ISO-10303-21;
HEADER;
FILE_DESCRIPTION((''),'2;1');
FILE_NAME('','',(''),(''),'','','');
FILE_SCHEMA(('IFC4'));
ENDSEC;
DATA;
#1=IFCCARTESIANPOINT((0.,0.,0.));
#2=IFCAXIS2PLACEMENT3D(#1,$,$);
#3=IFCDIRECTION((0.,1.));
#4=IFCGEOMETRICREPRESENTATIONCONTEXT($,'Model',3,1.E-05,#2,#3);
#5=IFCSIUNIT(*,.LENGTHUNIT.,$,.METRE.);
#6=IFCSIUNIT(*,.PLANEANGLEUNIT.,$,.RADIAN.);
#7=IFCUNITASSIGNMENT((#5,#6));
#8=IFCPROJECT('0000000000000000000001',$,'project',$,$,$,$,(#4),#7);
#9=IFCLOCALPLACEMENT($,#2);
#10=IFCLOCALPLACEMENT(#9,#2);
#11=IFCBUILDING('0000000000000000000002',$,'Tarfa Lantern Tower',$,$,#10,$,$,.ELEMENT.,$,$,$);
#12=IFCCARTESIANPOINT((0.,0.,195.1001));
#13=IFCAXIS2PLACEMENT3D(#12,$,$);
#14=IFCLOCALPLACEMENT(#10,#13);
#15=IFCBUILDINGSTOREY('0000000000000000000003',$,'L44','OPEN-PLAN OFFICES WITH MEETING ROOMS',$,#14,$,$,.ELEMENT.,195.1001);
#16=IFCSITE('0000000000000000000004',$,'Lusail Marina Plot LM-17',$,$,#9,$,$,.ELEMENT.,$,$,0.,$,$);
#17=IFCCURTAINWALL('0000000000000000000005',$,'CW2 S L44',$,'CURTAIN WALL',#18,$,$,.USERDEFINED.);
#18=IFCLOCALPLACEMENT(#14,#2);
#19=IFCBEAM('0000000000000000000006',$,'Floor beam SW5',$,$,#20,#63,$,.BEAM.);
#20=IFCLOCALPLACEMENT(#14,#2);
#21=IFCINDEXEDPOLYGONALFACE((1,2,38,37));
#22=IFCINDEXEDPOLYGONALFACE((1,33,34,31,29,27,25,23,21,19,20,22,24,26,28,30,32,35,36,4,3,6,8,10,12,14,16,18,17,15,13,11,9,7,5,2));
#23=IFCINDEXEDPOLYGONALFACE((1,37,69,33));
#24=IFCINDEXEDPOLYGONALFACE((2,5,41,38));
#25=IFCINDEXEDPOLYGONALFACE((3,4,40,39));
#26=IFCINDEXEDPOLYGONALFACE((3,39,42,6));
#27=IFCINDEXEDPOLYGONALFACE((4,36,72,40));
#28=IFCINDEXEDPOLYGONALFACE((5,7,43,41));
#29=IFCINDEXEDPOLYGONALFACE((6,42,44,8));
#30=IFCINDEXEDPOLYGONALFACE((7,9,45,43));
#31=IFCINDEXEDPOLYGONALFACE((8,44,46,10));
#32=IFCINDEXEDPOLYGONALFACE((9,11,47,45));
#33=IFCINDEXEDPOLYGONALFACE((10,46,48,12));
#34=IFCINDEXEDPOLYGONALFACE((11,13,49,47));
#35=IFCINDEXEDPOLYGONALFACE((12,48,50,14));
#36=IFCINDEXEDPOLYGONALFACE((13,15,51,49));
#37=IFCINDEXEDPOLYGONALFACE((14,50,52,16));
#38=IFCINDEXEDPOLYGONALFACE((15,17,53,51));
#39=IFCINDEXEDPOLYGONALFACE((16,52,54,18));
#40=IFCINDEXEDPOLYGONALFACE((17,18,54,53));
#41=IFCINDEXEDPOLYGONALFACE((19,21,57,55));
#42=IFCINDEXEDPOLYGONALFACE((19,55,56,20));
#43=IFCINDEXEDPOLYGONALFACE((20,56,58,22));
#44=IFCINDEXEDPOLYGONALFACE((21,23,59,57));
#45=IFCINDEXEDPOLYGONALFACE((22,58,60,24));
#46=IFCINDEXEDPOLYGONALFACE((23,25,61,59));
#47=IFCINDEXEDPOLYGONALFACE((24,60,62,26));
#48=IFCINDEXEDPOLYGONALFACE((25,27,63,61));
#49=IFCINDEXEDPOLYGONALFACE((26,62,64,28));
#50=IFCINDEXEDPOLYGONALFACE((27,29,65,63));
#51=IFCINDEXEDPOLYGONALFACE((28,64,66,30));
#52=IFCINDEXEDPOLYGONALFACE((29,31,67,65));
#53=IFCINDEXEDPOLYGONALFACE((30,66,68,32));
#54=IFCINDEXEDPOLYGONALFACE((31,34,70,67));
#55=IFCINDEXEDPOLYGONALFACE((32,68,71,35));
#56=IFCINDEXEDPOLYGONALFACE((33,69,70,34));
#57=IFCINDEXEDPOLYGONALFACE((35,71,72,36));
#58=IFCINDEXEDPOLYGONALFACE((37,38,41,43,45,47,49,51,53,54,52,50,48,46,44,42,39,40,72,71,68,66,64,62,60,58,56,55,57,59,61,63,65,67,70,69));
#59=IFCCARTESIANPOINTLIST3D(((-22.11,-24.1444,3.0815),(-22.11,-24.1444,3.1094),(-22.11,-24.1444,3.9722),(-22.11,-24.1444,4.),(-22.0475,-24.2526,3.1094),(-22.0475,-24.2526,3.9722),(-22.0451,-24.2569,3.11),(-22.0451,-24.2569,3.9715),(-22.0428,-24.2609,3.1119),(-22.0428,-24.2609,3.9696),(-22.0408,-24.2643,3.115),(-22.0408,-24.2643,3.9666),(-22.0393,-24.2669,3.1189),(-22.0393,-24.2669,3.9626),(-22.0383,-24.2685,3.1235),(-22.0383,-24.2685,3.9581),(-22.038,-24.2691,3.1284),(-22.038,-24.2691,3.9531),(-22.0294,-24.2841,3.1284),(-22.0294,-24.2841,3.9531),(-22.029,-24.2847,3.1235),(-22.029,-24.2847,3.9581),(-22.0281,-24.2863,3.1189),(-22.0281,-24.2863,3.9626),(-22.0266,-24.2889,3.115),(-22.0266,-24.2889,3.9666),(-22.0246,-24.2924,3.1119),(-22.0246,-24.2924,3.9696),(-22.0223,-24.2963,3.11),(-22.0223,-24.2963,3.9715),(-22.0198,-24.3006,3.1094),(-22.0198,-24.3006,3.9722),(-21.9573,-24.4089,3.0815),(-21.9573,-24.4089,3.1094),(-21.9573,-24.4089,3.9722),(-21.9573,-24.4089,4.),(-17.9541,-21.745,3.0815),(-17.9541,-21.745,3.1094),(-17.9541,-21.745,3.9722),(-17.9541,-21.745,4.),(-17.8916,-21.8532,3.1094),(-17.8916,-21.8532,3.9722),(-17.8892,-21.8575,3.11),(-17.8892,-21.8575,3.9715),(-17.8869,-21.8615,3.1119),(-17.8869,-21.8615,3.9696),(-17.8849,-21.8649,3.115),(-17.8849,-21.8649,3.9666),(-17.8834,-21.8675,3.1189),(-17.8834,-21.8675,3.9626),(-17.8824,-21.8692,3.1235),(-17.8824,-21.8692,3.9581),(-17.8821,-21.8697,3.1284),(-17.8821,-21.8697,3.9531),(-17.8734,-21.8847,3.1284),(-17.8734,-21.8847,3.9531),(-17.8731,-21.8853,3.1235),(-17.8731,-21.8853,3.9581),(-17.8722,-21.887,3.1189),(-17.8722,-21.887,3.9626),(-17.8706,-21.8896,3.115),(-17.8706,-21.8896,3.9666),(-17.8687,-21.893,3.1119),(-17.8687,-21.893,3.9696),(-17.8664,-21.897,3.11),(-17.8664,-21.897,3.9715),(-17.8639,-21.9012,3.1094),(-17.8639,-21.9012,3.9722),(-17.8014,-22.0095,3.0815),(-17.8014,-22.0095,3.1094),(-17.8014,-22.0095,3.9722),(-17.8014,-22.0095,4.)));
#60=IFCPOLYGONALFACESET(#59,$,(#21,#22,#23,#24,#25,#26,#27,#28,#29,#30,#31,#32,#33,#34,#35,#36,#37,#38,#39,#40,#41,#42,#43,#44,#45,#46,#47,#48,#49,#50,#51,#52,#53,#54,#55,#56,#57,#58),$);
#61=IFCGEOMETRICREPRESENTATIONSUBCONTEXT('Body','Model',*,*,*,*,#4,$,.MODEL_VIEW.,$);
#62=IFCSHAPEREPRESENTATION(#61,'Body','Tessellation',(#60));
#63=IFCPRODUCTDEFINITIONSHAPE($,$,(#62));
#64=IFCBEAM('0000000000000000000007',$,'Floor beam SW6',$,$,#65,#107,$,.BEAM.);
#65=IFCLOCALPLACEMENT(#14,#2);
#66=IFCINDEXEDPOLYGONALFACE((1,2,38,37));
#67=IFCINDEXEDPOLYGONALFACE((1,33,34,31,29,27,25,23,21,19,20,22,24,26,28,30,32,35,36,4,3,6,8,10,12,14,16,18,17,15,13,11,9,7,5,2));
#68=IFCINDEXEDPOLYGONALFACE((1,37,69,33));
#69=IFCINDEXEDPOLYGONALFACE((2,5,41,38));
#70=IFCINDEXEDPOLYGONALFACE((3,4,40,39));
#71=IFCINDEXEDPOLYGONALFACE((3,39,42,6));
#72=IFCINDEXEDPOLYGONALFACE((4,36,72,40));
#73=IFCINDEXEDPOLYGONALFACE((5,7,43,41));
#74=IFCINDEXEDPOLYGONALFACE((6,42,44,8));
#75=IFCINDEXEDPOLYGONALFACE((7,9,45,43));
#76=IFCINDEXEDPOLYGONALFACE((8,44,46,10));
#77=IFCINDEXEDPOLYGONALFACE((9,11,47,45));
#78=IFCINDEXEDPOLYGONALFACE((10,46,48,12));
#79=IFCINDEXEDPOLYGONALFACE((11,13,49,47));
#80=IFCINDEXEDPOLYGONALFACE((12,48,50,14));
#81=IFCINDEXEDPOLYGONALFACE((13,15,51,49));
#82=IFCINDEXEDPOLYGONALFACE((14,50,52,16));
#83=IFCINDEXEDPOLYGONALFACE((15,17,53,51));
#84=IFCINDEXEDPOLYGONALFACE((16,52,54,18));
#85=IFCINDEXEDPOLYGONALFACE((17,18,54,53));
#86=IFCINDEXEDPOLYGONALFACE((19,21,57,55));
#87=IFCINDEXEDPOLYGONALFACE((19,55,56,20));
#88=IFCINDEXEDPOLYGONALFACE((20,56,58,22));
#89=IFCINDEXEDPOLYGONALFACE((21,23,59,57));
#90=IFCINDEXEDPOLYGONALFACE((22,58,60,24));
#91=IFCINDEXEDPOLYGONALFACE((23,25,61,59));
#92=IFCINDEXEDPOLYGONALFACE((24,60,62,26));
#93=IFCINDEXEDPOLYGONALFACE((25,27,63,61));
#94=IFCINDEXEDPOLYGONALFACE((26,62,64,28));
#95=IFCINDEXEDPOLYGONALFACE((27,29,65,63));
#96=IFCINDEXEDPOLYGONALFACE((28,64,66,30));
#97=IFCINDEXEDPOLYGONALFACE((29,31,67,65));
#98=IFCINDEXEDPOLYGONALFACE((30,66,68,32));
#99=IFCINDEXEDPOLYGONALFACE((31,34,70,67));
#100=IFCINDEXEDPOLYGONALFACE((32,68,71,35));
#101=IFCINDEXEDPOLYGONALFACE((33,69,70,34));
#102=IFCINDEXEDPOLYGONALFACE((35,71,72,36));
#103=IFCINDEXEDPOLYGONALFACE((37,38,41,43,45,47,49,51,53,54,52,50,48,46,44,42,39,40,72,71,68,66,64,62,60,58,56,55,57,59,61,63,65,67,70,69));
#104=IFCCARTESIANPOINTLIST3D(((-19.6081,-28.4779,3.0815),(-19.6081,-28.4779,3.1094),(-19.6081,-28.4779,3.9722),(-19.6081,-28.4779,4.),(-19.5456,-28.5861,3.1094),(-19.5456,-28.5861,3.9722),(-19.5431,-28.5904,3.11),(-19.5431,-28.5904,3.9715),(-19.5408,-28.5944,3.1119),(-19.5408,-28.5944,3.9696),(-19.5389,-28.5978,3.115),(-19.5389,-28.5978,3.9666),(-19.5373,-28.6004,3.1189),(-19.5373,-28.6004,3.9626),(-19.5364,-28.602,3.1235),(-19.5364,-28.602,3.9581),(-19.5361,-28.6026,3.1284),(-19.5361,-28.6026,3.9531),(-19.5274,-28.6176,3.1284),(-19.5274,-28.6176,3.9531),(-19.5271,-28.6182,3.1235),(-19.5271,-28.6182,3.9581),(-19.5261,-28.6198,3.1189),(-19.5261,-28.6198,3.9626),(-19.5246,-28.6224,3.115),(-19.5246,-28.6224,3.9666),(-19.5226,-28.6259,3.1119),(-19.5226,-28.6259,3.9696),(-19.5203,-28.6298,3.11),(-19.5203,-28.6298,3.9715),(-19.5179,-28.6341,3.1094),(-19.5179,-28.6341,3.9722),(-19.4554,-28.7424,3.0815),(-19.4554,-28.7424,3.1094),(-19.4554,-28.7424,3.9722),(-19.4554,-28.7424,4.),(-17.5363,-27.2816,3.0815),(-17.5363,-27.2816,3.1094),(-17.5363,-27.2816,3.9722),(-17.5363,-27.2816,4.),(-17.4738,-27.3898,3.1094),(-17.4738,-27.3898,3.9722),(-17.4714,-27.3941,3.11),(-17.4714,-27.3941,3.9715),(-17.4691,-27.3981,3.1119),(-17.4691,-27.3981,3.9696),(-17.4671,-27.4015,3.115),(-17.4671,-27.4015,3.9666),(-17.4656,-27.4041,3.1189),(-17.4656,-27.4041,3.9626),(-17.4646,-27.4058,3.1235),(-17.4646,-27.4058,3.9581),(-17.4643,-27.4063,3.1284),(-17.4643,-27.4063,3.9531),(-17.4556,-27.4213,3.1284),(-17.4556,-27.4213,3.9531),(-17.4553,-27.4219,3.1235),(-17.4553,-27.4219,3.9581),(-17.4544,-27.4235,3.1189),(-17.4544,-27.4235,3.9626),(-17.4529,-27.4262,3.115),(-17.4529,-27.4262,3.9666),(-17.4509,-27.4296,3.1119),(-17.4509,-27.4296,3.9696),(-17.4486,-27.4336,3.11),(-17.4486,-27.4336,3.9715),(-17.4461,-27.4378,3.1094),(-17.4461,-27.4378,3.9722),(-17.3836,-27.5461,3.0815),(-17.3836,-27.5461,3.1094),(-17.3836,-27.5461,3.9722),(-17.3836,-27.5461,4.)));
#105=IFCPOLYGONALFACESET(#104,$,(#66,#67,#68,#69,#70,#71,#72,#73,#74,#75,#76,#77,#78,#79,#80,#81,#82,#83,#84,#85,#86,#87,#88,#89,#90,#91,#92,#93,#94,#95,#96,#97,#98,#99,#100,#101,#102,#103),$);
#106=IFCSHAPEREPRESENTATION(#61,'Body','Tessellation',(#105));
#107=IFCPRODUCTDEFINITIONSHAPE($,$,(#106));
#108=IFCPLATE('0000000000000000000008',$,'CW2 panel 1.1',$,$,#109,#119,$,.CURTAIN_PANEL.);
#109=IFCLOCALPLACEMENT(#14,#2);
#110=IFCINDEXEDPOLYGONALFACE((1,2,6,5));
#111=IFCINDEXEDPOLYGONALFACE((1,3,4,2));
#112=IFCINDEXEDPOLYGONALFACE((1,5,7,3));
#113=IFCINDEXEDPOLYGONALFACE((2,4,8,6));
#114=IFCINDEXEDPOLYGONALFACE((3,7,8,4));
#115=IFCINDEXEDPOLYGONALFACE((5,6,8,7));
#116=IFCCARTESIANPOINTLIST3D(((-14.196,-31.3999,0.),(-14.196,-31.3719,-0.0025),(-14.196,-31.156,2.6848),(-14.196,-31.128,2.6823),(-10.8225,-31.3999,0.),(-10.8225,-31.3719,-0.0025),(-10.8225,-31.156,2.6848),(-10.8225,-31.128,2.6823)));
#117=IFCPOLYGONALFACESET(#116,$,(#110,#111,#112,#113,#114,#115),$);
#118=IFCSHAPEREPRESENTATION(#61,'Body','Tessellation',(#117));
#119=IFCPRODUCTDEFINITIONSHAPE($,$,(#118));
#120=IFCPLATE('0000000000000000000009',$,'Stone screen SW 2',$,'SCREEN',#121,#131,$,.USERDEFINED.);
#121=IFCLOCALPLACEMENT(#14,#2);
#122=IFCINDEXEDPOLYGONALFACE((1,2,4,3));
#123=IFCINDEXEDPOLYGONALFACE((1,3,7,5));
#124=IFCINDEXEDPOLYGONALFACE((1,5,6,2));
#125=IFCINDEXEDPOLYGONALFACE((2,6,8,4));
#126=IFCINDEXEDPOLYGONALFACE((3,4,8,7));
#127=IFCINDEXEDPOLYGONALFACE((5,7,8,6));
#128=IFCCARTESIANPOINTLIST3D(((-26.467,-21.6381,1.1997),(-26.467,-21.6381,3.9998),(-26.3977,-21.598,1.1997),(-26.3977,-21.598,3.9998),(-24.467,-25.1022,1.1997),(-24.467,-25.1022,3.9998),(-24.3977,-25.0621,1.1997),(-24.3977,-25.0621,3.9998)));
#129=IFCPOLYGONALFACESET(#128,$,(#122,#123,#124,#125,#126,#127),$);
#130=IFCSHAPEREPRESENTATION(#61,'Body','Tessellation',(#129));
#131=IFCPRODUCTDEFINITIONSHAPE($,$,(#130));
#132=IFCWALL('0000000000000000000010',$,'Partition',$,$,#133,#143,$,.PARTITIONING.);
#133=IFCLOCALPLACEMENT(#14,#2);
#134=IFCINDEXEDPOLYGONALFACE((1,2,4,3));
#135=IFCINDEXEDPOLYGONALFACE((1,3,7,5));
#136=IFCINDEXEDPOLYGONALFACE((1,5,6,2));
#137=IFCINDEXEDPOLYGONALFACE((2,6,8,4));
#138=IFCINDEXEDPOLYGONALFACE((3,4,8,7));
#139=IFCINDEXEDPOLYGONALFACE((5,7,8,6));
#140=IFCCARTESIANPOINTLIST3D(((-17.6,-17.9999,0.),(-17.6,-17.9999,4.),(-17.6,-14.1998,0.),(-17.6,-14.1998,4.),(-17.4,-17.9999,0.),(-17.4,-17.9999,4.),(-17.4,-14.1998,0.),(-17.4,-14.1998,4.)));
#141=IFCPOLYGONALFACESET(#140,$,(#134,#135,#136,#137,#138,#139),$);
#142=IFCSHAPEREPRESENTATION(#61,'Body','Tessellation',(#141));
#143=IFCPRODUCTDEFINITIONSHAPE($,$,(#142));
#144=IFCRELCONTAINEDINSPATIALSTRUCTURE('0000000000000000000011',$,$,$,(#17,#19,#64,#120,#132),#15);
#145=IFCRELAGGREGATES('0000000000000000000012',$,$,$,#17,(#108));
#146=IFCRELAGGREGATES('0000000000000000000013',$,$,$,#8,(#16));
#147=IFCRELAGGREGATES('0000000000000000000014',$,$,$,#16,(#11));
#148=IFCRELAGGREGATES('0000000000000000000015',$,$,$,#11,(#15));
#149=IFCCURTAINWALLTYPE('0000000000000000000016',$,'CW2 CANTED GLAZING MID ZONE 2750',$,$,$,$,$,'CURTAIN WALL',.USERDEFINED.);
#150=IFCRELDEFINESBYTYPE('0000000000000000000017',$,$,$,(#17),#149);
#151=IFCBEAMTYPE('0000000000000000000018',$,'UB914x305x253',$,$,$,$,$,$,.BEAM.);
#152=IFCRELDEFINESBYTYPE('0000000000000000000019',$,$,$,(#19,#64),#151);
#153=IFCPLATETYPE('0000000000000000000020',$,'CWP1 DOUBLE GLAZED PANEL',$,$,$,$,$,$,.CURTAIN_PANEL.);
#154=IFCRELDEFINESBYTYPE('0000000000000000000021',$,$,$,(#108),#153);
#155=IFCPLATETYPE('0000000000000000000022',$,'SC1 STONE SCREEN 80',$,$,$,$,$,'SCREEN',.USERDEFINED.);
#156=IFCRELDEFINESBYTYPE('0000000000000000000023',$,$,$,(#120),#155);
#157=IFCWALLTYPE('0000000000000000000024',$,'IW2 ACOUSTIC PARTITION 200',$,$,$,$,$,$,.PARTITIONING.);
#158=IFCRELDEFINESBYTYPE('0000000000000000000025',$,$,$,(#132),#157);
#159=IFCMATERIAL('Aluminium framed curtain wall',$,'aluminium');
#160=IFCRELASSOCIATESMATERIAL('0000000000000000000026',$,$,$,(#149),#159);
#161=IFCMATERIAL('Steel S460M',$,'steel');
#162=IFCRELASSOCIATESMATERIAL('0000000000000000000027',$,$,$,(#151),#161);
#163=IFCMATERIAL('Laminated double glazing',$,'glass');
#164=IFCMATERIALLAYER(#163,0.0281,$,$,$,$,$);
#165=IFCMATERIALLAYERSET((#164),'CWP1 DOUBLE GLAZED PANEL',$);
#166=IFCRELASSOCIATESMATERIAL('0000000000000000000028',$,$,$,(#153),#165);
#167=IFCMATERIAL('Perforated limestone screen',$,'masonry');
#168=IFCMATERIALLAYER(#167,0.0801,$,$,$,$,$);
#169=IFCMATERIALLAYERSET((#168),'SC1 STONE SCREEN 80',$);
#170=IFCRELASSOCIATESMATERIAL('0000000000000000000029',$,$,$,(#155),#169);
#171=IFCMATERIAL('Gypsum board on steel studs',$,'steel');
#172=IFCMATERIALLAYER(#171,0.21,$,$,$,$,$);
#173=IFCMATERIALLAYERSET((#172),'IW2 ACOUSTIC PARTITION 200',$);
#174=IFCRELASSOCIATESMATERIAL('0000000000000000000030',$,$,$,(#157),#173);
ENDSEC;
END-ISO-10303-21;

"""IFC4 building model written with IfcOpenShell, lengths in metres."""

from ifc_helpers import new_model, si_unit, direction, frame, frame_2d, origin, origin_2d, place, context, subcontext, project, spatial, polyline, rectangle, i_section, outline, extrude, material, layer, layer_set, material_profile, profile_set, type_object, element, aggregate, save


model = new_model("IFC4")

# Units and contexts
model_context = context("Model", 3, precision=1e-05, world=origin(), true_north=direction((0.0, 1.0)))
body_context = subcontext(model_context, "Body", "Model", "MODEL_VIEW")
ifc_project = project(units=[si_unit("LENGTHUNIT", "METRE"), si_unit("PLANEANGLEUNIT", "RADIAN")], contexts=[model_context])

# Site, building, storey
site_placement = place(None, origin())
site = spatial("IfcSite", under=ifc_project, at=site_placement, Name="Lusail Marina Plot LM-17", CompositionType="ELEMENT", RefElevation=0.0)
building_placement = place(site_placement, origin())
building = spatial("IfcBuilding", under=site, at=building_placement, Name="Tarfa Lantern Tower", CompositionType="ELEMENT")
storey_placement = place(building_placement, frame((0.0, 0.0, 195.1001)))
storey = spatial("IfcBuildingStorey", under=building, at=storey_placement, Name="L44", Description="OPEN-PLAN OFFICES WITH MEETING ROOMS", CompositionType="ELEMENT", Elevation=195.1001)

# Curtain wall
ifc_material_1 = material(Name="Aluminium framed curtain wall", Category="aluminium")
curtain_wall_type = type_object("IfcCurtainWallType", Name="CW2 CANTED GLAZING MID ZONE 2750", ElementType="CURTAIN WALL", PredefinedType="USERDEFINED", material=ifc_material_1)
curtain_wall_placement = place(storey_placement, origin())
curtain_wall = element("IfcCurtainWall", 1, at=curtain_wall_placement, inside=storey, type_object=curtain_wall_type, Name="CW2 S L44", ObjectType="CURTAIN WALL", PredefinedType="USERDEFINED")

# Beams
ifc_material_2 = material(Name="Steel S460M", Category="steel")
ifc_material_profile_1 = material_profile(ifc_material_2, i_section(OverallWidth=0.3054, OverallDepth=0.9185, WebThickness=0.0173, FlangeThickness=0.0278, FilletRadius=0.019, at=origin_2d()), Name="UB914x305x253")
ifc_profile_set_1 = profile_set([ifc_material_profile_1], Name="Steel S460M")
beam_type_1 = type_object("IfcBeamType", Name="UB914x305x253", PredefinedType="BEAM", material=ifc_profile_set_1)
beam_1_placement = place(storey_placement, frame((-22.0337, -24.2766, 3.5408), z_axis=(0.866031, 0.499991, 0.0), x_axis=(-0.499991, 0.866031, 0.0)))
element("IfcBeam", 2, at=beam_1_placement, inside=storey, type_object=beam_type_1, Name="Floor beam SW5", PredefinedType="BEAM", context=body_context, shape_type="SweptSolid", body=[
    extrude(i_section(OverallWidth=0.3054, OverallDepth=0.9185, WebThickness=0.0173, FlangeThickness=0.0278, FilletRadius=0.019, at=origin_2d()), origin(), (0.0, 0.0, 1.0), 4.7988),
])
beam_2_placement = place(storey_placement, frame((-19.5317, -28.6101, 3.5408), z_axis=(0.865999, 0.500046, 0.0), x_axis=(-0.500046, 0.865999, 0.0)))
element("IfcBeam", 3, at=beam_2_placement, inside=storey, type_object=beam_type_1, Name="Floor beam SW6", PredefinedType="BEAM", context=body_context, shape_type="SweptSolid", body=[
    extrude(i_section(OverallWidth=0.3054, OverallDepth=0.9185, WebThickness=0.0173, FlangeThickness=0.0278, FilletRadius=0.019, at=origin_2d()), origin(), (0.0, 0.0, 1.0), 2.3923),
])

# Plates
ifc_material_3 = material(Name="Laminated double glazing", Category="glass")
ifc_layer_1 = layer(ifc_material_3, 0.0281)
ifc_layer_set_1 = layer_set([ifc_layer_1], Name="CWP1 DOUBLE GLAZED PANEL")
plate_type_1 = type_object("IfcPlateType", Name="CWP1 DOUBLE GLAZED PANEL", PredefinedType="CURTAIN_PANEL", material=ifc_layer_set_1)
plate_1_placement = place(storey_placement, frame((-14.196, -31.3999, 0.0), z_axis=(0.0, -0.995899, 0.09047), x_axis=(1.0, 0.0, 0.0)))
plate_1 = element("IfcPlate", 4, at=plate_1_placement, type_object=plate_type_1, Name="CW2 panel 1.1", PredefinedType="CURTAIN_PANEL", context=body_context, shape_type="SweptSolid", body=[
    extrude(outline(polyline([(0.0, 0.0), (3.3735, 0.0), (3.3735, 2.6959), (0.0, 2.6959), (0.0, 0.0)])), origin(), (0.0, 0.0, -1.0), 0.0281),
])
aggregate(curtain_wall, [plate_1])
ifc_material_4 = material(Name="Perforated limestone screen", Category="masonry")
ifc_layer_2 = layer(ifc_material_4, 0.0801)
ifc_layer_set_2 = layer_set([ifc_layer_2], Name="SC1 STONE SCREEN 80")
plate_type_2 = type_object("IfcPlateType", Name="SC1 STONE SCREEN 80", ElementType="SCREEN", PredefinedType="USERDEFINED", material=ifc_layer_set_2)
plate_2_placement = place(storey_placement, frame((-25.4324, -23.3501, 1.1997), z_axis=(0.0, 0.0, 1.0), x_axis=(0.5, -0.866025, 0.0)))
element("IfcPlate", 5, at=plate_2_placement, inside=storey, type_object=plate_type_2, Name="Stone screen SW 2", ObjectType="SCREEN", PredefinedType="USERDEFINED", context=body_context, shape_type="SweptSolid", body=[
    extrude(rectangle(XDim=4.0, YDim=0.0801, at=origin_2d()), origin(), (0.0, 0.0, 1.0), 2.8),
])

# Wall
ifc_material_5 = material(Name="Gypsum board on steel studs", Category="steel")
ifc_layer_3 = layer(ifc_material_5, 0.21)
ifc_layer_set_3 = layer_set([ifc_layer_3], Name="IW2 ACOUSTIC PARTITION 200")
wall_type = type_object("IfcWallType", Name="IW2 ACOUSTIC PARTITION 200", PredefinedType="PARTITIONING", material=ifc_layer_set_3)
wall_placement = place(storey_placement, frame((-17.5, -14.2, 0.0), z_axis=(0.0, 0.0, 1.0), x_axis=(0.0, -1.0, 0.0)))
element("IfcWall", 6, at=wall_placement, inside=storey, type_object=wall_type, Name="Partition", PredefinedType="PARTITIONING", context=body_context, shape_type="SweptSolid", body=[
    extrude(rectangle(XDim=3.8, YDim=0.2, at=frame_2d((1.8999, 0.0))), origin(), (0.0, 0.0, 1.0), 4.0),
])

save(model, "model.ifc")
